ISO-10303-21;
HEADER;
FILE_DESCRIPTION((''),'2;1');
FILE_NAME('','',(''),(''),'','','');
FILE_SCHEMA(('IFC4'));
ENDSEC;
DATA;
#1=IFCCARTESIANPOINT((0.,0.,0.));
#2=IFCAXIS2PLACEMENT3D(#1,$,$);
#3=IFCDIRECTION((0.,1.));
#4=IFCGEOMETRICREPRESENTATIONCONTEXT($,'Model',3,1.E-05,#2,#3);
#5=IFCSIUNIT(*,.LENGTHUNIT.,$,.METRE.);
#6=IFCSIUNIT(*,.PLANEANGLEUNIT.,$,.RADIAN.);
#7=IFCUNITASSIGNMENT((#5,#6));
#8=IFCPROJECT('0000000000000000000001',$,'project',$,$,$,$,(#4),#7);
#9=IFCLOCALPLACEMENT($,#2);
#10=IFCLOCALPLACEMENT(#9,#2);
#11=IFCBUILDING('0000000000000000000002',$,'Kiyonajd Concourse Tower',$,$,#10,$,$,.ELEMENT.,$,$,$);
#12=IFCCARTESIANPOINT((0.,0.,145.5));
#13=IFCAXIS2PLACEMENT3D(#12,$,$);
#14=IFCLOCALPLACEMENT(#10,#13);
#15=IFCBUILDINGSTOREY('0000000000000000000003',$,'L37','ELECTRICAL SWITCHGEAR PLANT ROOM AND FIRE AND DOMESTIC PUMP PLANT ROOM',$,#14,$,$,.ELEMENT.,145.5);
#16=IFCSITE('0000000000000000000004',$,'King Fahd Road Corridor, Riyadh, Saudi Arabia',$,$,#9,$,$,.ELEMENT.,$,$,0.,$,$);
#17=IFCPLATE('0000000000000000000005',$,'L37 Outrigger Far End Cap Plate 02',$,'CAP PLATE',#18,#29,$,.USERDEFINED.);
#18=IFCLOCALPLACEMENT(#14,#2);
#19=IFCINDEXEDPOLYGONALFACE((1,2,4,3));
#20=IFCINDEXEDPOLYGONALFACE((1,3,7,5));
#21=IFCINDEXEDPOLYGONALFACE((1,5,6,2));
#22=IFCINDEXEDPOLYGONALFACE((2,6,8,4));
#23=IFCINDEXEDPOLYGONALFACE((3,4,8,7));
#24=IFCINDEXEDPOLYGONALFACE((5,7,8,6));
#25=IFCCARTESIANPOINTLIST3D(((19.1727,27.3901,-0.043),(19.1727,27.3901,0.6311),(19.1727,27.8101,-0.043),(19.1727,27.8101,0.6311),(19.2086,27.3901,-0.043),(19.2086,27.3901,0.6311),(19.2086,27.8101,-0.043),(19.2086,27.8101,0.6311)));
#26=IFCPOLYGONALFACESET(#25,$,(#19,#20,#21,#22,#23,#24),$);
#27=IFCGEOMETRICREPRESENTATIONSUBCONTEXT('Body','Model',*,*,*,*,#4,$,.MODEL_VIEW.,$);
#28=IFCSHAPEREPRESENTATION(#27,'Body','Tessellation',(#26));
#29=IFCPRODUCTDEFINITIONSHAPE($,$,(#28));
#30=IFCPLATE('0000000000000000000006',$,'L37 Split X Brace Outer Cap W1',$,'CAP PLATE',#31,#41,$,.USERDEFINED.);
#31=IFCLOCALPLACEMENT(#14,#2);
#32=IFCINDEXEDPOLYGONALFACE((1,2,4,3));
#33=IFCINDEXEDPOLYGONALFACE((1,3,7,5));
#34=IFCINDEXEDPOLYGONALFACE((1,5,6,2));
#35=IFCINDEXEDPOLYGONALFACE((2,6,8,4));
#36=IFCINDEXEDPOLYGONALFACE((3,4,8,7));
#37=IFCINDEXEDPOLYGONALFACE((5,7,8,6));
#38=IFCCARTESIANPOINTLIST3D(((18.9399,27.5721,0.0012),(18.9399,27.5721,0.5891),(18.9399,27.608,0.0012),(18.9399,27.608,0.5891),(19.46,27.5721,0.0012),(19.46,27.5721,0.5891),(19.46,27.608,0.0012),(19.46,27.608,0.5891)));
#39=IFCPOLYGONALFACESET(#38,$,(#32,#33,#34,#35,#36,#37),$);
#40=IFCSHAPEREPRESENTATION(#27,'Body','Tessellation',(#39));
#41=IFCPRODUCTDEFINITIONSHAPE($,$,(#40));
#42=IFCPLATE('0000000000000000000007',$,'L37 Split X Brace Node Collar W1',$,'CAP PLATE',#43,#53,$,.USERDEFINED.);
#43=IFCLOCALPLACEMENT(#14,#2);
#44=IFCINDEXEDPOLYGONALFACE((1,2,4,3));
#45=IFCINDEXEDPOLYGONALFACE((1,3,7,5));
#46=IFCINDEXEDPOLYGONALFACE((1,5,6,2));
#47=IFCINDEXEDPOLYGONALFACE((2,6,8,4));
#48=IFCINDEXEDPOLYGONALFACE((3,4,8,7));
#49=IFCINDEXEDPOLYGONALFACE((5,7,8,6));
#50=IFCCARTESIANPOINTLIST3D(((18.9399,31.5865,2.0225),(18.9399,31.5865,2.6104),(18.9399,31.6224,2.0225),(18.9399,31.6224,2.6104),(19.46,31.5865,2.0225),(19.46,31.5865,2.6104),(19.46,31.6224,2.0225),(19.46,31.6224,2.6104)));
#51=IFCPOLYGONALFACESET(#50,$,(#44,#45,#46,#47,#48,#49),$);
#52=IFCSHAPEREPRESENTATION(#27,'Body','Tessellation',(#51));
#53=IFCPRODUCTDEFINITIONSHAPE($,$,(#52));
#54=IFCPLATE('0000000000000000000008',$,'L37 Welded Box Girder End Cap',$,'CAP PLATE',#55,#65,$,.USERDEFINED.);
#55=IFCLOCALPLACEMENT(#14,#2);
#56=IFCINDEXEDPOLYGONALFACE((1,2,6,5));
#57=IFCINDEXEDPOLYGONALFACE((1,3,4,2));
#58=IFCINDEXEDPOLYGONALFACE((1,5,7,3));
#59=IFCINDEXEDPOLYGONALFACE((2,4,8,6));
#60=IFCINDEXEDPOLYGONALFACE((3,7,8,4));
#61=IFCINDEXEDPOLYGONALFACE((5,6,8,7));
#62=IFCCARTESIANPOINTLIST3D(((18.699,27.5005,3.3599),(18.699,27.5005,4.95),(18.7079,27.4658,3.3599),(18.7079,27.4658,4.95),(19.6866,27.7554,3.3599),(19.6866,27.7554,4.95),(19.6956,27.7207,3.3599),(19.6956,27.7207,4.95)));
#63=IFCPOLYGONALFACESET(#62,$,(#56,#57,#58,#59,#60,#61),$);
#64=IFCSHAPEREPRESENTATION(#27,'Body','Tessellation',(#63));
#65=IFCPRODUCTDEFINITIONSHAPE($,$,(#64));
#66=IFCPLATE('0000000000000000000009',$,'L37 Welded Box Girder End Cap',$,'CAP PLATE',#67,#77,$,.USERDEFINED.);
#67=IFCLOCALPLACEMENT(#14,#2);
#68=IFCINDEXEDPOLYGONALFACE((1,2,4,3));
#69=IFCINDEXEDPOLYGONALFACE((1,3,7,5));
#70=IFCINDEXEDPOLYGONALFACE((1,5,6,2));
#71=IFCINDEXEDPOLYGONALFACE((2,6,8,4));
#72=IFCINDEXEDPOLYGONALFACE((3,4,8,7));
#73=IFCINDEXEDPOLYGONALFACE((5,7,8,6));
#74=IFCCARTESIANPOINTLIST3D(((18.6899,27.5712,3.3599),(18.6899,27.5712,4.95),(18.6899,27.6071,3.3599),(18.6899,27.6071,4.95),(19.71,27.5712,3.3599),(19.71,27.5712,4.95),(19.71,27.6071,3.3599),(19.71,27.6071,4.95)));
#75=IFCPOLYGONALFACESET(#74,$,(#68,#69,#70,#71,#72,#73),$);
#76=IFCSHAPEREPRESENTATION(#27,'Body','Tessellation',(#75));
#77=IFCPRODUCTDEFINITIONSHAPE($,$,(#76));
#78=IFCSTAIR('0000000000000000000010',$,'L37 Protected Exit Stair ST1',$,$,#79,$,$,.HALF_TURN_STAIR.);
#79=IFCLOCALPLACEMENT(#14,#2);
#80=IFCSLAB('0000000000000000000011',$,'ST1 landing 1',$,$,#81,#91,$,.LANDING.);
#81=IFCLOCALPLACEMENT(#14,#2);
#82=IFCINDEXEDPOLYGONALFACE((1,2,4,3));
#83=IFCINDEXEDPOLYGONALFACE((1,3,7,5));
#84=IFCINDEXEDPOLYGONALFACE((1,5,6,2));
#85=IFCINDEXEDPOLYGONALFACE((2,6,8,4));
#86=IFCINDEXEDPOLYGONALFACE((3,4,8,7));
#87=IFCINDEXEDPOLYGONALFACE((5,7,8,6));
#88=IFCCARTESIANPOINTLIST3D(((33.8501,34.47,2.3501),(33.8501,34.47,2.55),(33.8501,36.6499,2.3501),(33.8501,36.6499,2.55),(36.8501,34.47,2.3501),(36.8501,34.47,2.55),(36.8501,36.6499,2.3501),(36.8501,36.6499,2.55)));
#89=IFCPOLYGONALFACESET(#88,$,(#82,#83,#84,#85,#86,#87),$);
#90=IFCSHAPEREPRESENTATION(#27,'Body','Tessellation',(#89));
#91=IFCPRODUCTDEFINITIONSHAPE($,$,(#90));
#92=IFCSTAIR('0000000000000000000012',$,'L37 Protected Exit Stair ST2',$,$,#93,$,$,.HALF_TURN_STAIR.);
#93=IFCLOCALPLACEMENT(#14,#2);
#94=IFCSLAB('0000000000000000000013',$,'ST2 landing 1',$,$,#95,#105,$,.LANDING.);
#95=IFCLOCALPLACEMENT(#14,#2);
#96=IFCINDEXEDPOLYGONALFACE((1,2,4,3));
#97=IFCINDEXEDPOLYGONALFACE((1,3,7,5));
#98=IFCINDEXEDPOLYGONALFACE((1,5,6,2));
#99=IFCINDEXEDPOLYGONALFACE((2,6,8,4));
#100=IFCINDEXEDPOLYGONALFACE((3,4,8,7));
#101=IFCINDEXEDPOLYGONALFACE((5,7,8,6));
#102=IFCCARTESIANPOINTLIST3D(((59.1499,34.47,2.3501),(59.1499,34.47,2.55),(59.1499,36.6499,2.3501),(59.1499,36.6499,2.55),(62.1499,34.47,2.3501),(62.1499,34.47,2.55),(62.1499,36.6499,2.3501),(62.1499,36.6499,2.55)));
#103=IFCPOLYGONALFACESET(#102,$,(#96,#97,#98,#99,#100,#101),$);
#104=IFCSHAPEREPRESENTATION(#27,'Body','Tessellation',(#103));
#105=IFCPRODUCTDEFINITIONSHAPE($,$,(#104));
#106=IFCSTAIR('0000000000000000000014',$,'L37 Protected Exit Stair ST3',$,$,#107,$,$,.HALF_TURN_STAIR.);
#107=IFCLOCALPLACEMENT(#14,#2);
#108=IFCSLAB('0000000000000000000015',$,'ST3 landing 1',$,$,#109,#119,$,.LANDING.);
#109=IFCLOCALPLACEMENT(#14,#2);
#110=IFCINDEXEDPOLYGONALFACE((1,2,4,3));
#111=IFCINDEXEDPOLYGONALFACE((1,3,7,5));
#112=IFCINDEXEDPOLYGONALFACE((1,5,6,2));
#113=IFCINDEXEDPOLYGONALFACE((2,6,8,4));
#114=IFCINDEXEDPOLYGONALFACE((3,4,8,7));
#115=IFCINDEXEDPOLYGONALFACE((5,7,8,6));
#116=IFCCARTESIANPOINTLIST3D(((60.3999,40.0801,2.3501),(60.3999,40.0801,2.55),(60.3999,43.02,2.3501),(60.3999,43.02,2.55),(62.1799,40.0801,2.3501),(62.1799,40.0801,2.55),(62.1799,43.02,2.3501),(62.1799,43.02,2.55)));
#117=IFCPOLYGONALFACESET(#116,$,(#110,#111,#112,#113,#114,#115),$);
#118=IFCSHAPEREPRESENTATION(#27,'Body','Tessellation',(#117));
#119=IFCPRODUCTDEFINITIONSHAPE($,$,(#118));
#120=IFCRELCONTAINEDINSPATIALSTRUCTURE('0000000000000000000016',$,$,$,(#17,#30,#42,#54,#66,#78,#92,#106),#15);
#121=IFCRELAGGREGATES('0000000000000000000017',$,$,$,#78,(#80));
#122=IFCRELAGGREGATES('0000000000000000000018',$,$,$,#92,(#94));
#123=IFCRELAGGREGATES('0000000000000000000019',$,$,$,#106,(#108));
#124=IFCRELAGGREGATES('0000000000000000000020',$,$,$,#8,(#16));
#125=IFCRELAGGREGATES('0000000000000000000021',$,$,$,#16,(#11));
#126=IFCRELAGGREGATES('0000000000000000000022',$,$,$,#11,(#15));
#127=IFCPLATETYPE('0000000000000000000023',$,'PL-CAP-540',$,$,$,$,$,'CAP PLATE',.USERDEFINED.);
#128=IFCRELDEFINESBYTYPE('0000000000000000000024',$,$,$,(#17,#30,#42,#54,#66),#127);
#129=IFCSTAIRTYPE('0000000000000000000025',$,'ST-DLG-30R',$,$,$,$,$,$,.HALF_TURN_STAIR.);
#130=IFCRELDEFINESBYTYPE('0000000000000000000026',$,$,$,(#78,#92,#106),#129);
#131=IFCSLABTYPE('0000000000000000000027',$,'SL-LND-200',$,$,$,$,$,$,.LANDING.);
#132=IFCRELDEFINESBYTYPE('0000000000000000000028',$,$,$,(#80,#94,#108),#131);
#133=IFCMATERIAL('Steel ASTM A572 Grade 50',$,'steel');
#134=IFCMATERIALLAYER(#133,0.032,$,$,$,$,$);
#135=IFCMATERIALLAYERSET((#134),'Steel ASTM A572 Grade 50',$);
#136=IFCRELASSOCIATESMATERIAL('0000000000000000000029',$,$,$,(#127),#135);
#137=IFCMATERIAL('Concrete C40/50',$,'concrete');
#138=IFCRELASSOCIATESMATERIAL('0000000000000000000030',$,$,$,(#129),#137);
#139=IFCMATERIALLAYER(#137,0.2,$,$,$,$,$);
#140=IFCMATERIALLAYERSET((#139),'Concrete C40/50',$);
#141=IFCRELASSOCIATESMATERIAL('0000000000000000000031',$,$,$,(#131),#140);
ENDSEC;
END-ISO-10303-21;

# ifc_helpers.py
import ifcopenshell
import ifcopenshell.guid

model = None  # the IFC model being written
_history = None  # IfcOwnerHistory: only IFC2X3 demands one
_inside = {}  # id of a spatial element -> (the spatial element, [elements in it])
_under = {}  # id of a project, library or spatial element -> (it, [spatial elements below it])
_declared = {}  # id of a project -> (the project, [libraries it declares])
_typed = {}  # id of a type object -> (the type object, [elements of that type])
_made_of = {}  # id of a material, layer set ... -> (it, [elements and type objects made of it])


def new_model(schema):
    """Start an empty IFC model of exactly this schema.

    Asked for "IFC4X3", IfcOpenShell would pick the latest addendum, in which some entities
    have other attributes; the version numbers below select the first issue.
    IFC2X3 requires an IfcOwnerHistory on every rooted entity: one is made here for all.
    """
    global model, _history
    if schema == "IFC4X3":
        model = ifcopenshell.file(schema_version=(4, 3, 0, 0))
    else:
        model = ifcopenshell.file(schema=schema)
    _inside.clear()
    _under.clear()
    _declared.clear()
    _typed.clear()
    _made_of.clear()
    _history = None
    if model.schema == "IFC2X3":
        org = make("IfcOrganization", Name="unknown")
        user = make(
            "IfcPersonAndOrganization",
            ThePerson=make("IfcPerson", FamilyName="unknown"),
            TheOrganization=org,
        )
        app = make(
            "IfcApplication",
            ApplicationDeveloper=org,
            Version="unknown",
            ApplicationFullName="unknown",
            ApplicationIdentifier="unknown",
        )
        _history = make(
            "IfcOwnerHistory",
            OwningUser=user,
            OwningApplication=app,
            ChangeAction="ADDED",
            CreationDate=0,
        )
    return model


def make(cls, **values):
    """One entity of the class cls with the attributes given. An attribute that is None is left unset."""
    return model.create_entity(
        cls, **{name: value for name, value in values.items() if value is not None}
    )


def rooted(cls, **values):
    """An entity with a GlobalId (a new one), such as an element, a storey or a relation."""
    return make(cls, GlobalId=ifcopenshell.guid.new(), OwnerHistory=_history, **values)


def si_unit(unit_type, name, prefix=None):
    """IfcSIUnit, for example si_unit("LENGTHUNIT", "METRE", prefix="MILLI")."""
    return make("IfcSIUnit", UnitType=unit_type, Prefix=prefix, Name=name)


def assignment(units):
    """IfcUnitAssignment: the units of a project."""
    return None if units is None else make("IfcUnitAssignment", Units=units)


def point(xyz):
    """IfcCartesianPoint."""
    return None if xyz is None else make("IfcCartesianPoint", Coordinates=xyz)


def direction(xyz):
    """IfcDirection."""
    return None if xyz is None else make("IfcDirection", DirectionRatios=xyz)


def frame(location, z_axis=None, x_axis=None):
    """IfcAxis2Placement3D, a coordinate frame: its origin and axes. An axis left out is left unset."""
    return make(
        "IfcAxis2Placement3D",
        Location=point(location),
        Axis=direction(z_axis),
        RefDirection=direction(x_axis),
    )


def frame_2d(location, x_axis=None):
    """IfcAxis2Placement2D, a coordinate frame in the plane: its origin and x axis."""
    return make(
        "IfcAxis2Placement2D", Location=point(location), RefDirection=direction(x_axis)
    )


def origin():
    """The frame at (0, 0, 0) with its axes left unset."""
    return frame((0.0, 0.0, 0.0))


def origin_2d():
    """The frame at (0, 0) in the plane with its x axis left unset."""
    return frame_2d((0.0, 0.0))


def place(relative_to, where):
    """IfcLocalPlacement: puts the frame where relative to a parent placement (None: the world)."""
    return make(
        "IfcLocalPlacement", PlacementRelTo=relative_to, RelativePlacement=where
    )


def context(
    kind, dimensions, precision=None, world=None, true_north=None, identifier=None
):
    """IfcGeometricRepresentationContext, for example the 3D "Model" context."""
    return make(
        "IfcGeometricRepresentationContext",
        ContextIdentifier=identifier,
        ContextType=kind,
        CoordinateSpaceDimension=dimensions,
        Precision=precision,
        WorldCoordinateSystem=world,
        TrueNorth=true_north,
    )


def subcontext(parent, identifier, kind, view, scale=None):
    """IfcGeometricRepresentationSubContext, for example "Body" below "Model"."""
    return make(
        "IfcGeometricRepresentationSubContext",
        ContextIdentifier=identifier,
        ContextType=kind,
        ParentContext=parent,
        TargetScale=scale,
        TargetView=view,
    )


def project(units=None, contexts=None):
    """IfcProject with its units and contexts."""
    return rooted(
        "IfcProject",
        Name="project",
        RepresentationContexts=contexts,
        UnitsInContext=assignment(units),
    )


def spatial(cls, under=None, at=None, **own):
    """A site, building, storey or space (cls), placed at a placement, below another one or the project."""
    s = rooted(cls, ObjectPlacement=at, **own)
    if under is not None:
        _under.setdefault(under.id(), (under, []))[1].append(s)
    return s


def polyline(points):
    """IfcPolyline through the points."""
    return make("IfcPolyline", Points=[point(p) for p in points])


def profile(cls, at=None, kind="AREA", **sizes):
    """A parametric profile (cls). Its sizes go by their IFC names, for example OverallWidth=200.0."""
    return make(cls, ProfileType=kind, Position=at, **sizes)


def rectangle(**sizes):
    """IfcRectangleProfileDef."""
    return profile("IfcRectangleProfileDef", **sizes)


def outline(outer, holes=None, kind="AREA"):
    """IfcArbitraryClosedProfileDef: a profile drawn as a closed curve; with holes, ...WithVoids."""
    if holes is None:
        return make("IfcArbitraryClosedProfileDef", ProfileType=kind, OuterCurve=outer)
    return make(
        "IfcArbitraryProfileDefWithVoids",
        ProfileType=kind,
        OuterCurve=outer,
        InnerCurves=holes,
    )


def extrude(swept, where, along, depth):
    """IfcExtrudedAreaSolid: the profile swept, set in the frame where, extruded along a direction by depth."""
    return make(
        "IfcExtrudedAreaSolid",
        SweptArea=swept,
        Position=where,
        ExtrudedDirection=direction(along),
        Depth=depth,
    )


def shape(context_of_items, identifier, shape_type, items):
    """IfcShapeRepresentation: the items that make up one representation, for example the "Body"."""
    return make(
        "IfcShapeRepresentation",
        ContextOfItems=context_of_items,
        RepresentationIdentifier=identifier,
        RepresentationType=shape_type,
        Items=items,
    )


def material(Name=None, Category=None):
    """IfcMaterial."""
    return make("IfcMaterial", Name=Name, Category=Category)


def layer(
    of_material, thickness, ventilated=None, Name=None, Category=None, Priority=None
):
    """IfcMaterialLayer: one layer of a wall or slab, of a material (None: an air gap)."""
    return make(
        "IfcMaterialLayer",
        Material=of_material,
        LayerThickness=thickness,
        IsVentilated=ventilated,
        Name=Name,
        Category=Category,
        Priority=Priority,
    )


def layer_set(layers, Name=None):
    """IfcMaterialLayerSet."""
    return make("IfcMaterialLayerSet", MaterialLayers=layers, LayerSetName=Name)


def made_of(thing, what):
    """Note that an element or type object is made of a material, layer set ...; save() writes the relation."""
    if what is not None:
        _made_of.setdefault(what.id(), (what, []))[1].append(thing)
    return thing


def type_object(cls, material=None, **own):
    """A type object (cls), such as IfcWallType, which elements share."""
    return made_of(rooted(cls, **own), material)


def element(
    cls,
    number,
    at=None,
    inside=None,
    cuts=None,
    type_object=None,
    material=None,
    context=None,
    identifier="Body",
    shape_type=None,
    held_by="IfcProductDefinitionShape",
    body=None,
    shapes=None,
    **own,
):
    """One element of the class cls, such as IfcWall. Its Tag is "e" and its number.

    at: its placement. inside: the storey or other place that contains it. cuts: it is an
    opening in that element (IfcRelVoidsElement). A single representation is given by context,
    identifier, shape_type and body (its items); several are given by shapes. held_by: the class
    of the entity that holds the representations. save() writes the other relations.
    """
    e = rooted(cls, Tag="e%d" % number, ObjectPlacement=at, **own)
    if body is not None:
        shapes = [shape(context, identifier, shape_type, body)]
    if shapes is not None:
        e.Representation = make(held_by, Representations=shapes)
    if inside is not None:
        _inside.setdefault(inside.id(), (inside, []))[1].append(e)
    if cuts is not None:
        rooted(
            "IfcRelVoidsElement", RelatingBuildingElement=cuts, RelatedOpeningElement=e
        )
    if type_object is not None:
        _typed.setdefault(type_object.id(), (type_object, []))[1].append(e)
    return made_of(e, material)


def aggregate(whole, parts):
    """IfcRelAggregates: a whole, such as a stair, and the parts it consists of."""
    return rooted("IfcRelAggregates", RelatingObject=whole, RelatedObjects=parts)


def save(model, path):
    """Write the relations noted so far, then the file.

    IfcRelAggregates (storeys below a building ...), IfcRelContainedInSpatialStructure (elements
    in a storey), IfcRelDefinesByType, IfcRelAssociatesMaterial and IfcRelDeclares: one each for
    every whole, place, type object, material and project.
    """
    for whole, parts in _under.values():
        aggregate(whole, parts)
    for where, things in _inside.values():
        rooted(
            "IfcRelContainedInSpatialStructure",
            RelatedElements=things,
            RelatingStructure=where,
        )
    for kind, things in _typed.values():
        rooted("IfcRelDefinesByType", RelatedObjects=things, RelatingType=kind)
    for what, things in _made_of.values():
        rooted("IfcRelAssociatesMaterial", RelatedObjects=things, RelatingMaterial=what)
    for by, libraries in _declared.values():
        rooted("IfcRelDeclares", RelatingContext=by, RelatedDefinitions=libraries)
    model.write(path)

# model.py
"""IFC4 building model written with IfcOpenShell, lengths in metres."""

from ifc_helpers import new_model, si_unit, direction, frame, origin, origin_2d, place, context, subcontext, project, spatial, polyline, rectangle, outline, extrude, material, layer, layer_set, type_object, element, aggregate, save


model = new_model("IFC4")

# Units and contexts
model_context = context("Model", 3, precision=1e-05, world=origin(), true_north=direction((0.0, 1.0)))
body_context = subcontext(model_context, "Body", "Model", "MODEL_VIEW")
ifc_project = project(units=[si_unit("LENGTHUNIT", "METRE"), si_unit("PLANEANGLEUNIT", "RADIAN")], contexts=[model_context])

# Site, building, storey
site_placement = place(None, origin())
site = spatial("IfcSite", under=ifc_project, at=site_placement, Name="King Fahd Road Corridor, Riyadh, Saudi Arabia", CompositionType="ELEMENT", RefElevation=0.0)
building_placement = place(site_placement, origin())
building = spatial("IfcBuilding", under=site, at=building_placement, Name="Kiyonajd Concourse Tower", CompositionType="ELEMENT")
storey_placement = place(building_placement, frame((0.0, 0.0, 145.5)))
storey = spatial("IfcBuildingStorey", under=building, at=storey_placement, Name="L37", Description="ELECTRICAL SWITCHGEAR PLANT ROOM AND FIRE AND DOMESTIC PUMP PLANT ROOM", CompositionType="ELEMENT", Elevation=145.5)

# Shared definitions
ifc_material_1 = material(Name="Steel ASTM A572 Grade 50", Category="steel")

# Plates
ifc_layer_1 = layer(ifc_material_1, 0.032)
ifc_layer_set_1 = layer_set([ifc_layer_1], Name="Steel ASTM A572 Grade 50")
plate_type_1 = type_object("IfcPlateType", Name="PL-CAP-540", ElementType="CAP PLATE", PredefinedType="USERDEFINED", material=ifc_layer_set_1)
plate_placement = place(storey_placement, frame((19.1907, 27.6001, -0.043), z_axis=(0.0, 0.0, 1.0), x_axis=(-1.0, 0.0, 0.0)))
element("IfcPlate", 1, at=plate_placement, inside=storey, type_object=plate_type_1, Name="L37 Outrigger Far End Cap Plate 02", ObjectType="CAP PLATE", PredefinedType="USERDEFINED", context=body_context, shape_type="SweptSolid", body=[
    extrude(rectangle(XDim=0.0359, YDim=0.4199, at=origin_2d()), origin(), (0.0, 0.0, 1.0), 0.6741),
])
for number, where, z_axis, x_axis, name in (
    (2, (19.2, 27.5901, 0.0012), (0.0, 0.0, 1.0), (0.0, -1.0, 0.0), "L37 Split X Brace Outer Cap W1"),
    (3, (19.2, 31.6045, 2.0225), (0.0, 0.0, 1.0), (0.0, 1.0, 0.0), "L37 Split X Brace Node Collar W1"),
):
    element("IfcPlate", number, at=place(storey_placement, frame(where, z_axis=z_axis, x_axis=x_axis)), inside=storey, type_object=plate_type_1, Name=name, ObjectType="CAP PLATE", PredefinedType="USERDEFINED", context=body_context, shape_type="SweptSolid", body=[
        extrude(rectangle(XDim=0.0359, YDim=0.52, at=origin_2d()), origin(), (0.0, 0.0, 1.0), 0.5879),
    ])
for number, where, z_axis, x_axis, name in (
    (4, (19.1973, 27.6106, 3.3599), (0.0, 0.0, 1.0), (-0.249873, 0.968279, 0.0), "L37 Welded Box Girder End Cap"),
    (5, (19.2, 27.5891, 3.3599), (0.0, 0.0, 1.0), (0.0, -1.0, 0.0), "L37 Welded Box Girder End Cap"),
):
    element("IfcPlate", number, at=place(storey_placement, frame(where, z_axis=z_axis, x_axis=x_axis)), inside=storey, type_object=plate_type_1, Name=name, ObjectType="CAP PLATE", PredefinedType="USERDEFINED", context=body_context, shape_type="SweptSolid", body=[
        extrude(rectangle(XDim=0.0359, YDim=1.02, at=origin_2d()), origin(), (0.0, 0.0, 1.0), 1.5901),
    ])

# Stairs, slabs
ifc_material_2 = material(Name="Concrete C40/50", Category="concrete")
stair_type = type_object("IfcStairType", Name="ST-DLG-30R", PredefinedType="HALF_TURN_STAIR", material=ifc_material_2)
stair_1_placement = place(storey_placement, origin())
stair_1 = element("IfcStair", 6, at=stair_1_placement, inside=storey, type_object=stair_type, Name="L37 Protected Exit Stair ST1", PredefinedType="HALF_TURN_STAIR")
ifc_layer_2 = layer(ifc_material_2, 0.2)
ifc_layer_set_2 = layer_set([ifc_layer_2], Name="Concrete C40/50")
slab_type_1 = type_object("IfcSlabType", Name="SL-LND-200", PredefinedType="LANDING", material=ifc_layer_set_2)
slab_1_placement = place(storey_placement, frame((0.0, 0.0, 2.3501)))
slab_1 = element("IfcSlab", 7, at=slab_1_placement, type_object=slab_type_1, Name="ST1 landing 1", PredefinedType="LANDING", context=body_context, shape_type="SweptSolid", body=[
    extrude(outline(polyline([(36.8501, 34.47), (36.8501, 36.6499), (33.8501, 36.6499), (33.8501, 34.47), (36.8501, 34.47)])), origin(), (0.0, 0.0, 1.0), 0.2),
])
aggregate(stair_1, [slab_1])
stair_2_placement = place(storey_placement, origin())
stair_2 = element("IfcStair", 8, at=stair_2_placement, inside=storey, type_object=stair_type, Name="L37 Protected Exit Stair ST2", PredefinedType="HALF_TURN_STAIR")
slab_2_placement = place(storey_placement, frame((0.0, 0.0, 2.3501)))
slab_2 = element("IfcSlab", 9, at=slab_2_placement, type_object=slab_type_1, Name="ST2 landing 1", PredefinedType="LANDING", context=body_context, shape_type="SweptSolid", body=[
    extrude(outline(polyline([(62.1499, 34.47), (62.1499, 36.6499), (59.1499, 36.6499), (59.1499, 34.47), (62.1499, 34.47)])), origin(), (0.0, 0.0, 1.0), 0.2),
])
aggregate(stair_2, [slab_2])
stair_3_placement = place(storey_placement, origin())
stair_3 = element("IfcStair", 10, at=stair_3_placement, inside=storey, type_object=stair_type, Name="L37 Protected Exit Stair ST3", PredefinedType="HALF_TURN_STAIR")
slab_3_placement = place(storey_placement, frame((0.0, 0.0, 2.3501)))
slab_3 = element("IfcSlab", 11, at=slab_3_placement, type_object=slab_type_1, Name="ST3 landing 1", PredefinedType="LANDING", context=body_context, shape_type="SweptSolid", body=[
    extrude(outline(polyline([(60.3999, 40.0801), (62.1799, 40.0801), (62.1799, 43.02), (60.3999, 43.02), (60.3999, 40.0801)])), origin(), (0.0, 0.0, 1.0), 0.2),
])
aggregate(stair_3, [slab_3])

save(model, "model.ifc")
